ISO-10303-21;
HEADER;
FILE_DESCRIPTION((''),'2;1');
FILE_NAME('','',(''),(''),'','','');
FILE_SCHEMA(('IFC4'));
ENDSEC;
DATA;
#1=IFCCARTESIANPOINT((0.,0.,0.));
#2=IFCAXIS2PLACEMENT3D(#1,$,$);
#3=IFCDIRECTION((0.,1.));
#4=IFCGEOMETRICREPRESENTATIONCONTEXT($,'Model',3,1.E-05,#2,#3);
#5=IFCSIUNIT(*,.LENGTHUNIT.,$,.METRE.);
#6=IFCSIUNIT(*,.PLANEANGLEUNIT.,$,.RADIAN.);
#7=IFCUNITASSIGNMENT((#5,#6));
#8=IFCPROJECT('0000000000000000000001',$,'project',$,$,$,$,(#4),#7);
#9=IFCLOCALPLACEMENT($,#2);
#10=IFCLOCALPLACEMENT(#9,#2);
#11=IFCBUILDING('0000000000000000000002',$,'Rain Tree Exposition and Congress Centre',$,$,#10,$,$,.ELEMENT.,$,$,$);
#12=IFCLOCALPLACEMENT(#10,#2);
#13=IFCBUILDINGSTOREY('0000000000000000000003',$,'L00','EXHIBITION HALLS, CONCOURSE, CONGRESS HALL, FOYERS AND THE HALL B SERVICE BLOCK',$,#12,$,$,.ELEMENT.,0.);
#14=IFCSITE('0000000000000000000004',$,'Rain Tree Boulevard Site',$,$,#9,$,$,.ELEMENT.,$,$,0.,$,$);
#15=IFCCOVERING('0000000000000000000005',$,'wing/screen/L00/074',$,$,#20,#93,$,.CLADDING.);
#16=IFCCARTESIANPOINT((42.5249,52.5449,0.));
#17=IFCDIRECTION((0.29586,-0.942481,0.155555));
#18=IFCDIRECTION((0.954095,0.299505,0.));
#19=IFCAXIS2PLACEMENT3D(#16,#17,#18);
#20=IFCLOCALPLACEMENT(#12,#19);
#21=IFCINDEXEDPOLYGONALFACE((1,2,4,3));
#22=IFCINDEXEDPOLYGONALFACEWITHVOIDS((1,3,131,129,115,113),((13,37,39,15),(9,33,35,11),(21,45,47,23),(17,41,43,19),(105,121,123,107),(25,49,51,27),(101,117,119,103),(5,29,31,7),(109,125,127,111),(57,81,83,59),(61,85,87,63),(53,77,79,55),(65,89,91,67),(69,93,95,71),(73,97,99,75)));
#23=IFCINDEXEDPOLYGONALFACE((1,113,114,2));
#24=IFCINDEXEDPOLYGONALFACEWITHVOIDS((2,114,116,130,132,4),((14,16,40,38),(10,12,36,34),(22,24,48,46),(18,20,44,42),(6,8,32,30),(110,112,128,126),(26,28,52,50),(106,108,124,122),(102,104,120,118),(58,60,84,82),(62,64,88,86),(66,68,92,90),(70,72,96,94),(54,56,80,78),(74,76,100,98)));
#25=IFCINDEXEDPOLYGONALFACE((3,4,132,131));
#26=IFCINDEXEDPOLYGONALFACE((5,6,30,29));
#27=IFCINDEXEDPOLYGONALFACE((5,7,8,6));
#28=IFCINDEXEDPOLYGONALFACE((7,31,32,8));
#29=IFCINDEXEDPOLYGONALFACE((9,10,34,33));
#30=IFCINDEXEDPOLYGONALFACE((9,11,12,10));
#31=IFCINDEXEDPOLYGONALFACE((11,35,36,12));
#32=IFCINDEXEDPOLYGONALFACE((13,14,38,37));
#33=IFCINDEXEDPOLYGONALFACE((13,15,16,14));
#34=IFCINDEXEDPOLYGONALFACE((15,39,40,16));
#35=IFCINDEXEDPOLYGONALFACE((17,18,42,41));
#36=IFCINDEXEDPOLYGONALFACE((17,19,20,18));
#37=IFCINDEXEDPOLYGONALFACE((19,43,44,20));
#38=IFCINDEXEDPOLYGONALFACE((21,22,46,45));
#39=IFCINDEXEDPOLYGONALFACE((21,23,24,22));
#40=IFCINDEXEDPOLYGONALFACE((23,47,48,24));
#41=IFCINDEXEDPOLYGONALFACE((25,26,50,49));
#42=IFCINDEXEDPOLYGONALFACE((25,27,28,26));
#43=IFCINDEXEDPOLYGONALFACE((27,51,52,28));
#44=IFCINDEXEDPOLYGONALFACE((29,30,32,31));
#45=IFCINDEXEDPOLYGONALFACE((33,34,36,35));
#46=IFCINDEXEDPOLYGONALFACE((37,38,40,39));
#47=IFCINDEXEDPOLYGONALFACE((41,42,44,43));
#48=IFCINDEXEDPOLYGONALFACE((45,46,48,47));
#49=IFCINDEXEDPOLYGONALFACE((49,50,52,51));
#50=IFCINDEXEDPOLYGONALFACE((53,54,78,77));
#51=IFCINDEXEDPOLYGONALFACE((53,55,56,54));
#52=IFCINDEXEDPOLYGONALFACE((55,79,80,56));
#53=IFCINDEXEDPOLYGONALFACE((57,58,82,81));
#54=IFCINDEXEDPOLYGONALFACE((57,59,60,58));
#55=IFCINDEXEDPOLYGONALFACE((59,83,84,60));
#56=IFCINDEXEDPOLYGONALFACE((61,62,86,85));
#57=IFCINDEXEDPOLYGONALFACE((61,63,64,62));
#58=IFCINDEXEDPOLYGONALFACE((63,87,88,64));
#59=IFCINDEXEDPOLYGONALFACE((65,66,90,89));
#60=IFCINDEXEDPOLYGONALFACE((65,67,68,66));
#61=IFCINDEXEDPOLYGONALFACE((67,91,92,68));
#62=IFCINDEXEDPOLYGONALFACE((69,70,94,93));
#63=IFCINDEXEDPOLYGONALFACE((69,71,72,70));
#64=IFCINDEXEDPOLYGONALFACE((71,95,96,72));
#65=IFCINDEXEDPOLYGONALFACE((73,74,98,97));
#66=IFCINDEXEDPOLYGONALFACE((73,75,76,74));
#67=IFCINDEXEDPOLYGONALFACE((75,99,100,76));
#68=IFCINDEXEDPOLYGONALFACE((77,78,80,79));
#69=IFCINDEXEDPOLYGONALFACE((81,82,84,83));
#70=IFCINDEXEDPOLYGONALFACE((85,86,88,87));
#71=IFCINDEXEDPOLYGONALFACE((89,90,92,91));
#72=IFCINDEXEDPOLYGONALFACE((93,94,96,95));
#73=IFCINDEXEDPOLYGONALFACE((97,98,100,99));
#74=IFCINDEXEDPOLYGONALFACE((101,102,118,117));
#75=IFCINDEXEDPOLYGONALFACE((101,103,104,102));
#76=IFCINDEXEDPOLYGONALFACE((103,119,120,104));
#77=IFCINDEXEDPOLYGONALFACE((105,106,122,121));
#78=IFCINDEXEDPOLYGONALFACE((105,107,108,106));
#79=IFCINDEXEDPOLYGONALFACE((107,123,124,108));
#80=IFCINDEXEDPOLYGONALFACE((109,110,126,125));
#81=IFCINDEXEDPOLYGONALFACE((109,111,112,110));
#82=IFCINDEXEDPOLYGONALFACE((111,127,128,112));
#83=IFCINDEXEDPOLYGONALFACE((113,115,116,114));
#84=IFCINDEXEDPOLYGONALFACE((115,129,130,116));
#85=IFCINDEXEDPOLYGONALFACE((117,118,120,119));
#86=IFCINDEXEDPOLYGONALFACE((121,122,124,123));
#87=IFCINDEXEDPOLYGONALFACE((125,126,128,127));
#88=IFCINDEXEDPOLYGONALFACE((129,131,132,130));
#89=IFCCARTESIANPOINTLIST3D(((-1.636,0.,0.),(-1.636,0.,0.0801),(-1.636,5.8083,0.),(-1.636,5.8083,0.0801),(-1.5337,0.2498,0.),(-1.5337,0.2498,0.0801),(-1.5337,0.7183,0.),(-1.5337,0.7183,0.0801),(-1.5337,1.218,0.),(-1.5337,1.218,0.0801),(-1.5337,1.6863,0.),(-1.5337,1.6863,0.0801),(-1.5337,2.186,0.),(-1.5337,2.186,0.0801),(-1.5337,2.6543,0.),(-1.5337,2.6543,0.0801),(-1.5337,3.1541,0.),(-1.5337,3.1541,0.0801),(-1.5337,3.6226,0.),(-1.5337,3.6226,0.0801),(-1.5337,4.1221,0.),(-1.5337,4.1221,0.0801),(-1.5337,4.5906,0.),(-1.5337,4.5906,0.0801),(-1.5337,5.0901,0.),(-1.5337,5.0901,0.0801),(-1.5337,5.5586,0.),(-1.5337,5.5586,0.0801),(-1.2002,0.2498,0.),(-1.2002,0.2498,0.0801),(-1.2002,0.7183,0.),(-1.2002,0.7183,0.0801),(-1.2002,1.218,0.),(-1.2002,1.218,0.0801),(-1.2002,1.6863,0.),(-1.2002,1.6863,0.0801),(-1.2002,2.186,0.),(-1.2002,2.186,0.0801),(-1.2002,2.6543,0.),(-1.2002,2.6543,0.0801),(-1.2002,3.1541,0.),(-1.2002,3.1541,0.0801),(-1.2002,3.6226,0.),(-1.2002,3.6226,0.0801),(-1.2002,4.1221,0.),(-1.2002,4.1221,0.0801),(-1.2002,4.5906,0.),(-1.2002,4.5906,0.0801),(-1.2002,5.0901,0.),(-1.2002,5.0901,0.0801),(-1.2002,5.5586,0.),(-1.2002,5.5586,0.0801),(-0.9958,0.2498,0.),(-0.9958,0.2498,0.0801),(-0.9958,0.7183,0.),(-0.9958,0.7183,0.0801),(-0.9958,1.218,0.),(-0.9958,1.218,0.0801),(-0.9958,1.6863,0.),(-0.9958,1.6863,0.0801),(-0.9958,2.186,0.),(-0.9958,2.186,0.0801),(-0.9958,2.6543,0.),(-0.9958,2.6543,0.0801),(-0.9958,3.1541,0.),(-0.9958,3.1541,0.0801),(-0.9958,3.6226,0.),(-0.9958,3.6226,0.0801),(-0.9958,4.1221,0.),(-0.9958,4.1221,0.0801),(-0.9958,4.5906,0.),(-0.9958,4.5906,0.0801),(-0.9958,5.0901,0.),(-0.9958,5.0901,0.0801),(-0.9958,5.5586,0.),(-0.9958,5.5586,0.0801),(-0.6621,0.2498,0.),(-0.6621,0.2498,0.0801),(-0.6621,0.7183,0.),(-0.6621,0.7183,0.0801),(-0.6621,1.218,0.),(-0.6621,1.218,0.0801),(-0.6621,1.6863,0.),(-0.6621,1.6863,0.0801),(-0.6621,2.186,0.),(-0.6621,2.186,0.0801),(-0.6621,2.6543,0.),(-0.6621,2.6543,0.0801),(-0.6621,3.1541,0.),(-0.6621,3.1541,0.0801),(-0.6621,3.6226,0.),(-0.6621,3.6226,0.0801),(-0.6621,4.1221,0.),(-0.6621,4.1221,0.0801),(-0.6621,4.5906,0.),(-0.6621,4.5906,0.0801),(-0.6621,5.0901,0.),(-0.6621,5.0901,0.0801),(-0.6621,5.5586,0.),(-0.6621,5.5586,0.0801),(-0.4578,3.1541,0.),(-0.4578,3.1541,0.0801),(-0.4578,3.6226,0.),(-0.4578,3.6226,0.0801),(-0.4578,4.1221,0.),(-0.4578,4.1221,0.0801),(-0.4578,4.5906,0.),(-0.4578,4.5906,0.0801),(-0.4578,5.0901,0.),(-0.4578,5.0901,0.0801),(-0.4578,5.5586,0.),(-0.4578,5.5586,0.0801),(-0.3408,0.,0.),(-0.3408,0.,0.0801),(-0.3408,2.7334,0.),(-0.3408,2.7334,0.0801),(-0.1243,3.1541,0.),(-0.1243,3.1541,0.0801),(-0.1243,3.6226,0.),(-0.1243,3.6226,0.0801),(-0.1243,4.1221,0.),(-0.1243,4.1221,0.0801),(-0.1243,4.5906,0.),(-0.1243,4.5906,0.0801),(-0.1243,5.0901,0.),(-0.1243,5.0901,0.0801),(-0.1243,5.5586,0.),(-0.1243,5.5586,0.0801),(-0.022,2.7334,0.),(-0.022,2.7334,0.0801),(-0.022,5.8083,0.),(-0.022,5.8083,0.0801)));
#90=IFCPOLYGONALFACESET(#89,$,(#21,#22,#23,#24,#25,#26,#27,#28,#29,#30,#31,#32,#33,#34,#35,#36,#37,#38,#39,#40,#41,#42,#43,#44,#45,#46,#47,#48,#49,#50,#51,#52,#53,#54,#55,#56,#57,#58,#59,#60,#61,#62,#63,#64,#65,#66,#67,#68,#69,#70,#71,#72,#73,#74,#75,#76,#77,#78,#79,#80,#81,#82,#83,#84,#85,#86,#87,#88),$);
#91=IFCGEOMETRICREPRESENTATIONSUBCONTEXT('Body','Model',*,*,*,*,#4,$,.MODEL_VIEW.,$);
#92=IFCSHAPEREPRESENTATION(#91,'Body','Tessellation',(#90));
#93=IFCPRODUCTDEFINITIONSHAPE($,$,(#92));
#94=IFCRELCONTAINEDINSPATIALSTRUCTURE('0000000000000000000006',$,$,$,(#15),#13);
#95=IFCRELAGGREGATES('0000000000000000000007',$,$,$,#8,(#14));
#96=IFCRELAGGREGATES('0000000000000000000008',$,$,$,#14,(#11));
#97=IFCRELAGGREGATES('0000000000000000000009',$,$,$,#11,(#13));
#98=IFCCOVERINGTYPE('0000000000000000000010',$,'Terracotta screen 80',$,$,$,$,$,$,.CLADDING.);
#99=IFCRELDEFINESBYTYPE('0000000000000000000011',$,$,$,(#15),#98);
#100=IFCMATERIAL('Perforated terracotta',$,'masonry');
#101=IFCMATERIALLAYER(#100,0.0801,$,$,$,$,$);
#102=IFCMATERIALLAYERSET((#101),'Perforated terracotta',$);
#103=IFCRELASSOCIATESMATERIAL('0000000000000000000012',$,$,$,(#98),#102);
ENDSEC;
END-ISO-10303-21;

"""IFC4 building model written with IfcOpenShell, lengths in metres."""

from ifc_helpers import new_model, si_unit, direction, frame, origin, place, context, subcontext, project, spatial, polyline, outline, extrude, material, layer, layer_set, type_object, element, save


model = new_model("IFC4")

# Units and contexts
model_context = context("Model", 3, precision=1e-05, world=origin(), true_north=direction((0.0, 1.0)))
body_context = subcontext(model_context, "Body", "Model", "MODEL_VIEW")
ifc_project = project(units=[si_unit("LENGTHUNIT", "METRE"), si_unit("PLANEANGLEUNIT", "RADIAN")], contexts=[model_context])

# Site, building, storey
site_placement = place(None, origin())
site = spatial("IfcSite", under=ifc_project, at=site_placement, Name="Rain Tree Boulevard Site", CompositionType="ELEMENT", RefElevation=0.0)
building_placement = place(site_placement, origin())
building = spatial("IfcBuilding", under=site, at=building_placement, Name="Rain Tree Exposition and Congress Centre", CompositionType="ELEMENT")
storey_placement = place(building_placement, origin())
storey = spatial("IfcBuildingStorey", under=building, at=storey_placement, Name="L00", Description="EXHIBITION HALLS, CONCOURSE, CONGRESS HALL, FOYERS AND THE HALL B SERVICE BLOCK", CompositionType="ELEMENT", Elevation=0.0)

# Covering
ifc_material_1 = material(Name="Perforated terracotta", Category="masonry")
ifc_layer_1 = layer(ifc_material_1, 0.0801)
ifc_layer_set_1 = layer_set([ifc_layer_1], Name="Perforated terracotta")
covering_type = type_object("IfcCoveringType", Name="Terracotta screen 80", PredefinedType="CLADDING", material=ifc_layer_set_1)
covering_1_placement = place(storey_placement, frame((42.5249, 52.5449, 0.0), z_axis=(0.29586, -0.942481, 0.155555), x_axis=(0.954095, 0.299505, 0.0)))
element("IfcCovering", 1, at=covering_1_placement, inside=storey, type_object=covering_type, Name="wing/screen/L00/074", PredefinedType="CLADDING", context=body_context, shape_type="SweptSolid", body=[
    extrude(outline(polyline([(-0.022, 5.8083), (-0.022, 2.7334), (-0.3408, 2.7334), (-0.3408, 0.0), (-1.636, 0.0), (-1.636, 5.8083), (-0.022, 5.8083)]), holes=[polyline([(-0.1243, 3.1541), (-0.1243, 3.6226), (-0.4578, 3.6226), (-0.4578, 3.1541), (-0.1243, 3.1541)]), polyline([(-0.1243, 4.1221), (-0.1243, 4.5906), (-0.4578, 4.5906), (-0.4578, 4.1221), (-0.1243, 4.1221)]), polyline([(-0.1243, 5.0901), (-0.1243, 5.5586), (-0.4578, 5.5586), (-0.4578, 5.0901), (-0.1243, 5.0901)]), polyline([(-0.6621, 0.2498), (-0.6621, 0.7183), (-0.9958, 0.7183), (-0.9958, 0.2498), (-0.6621, 0.2498)]), polyline([(-0.6621, 1.218), (-0.6621, 1.6863), (-0.9958, 1.6863), (-0.9958, 1.218), (-0.6621, 1.218)]), polyline([(-0.6621, 2.186), (-0.6621, 2.6543), (-0.9958, 2.6543), (-0.9958, 2.186), (-0.6621, 2.186)]), polyline([(-0.6621, 3.1541), (-0.6621, 3.6226), (-0.9958, 3.6226), (-0.9958, 3.1541), (-0.6621, 3.1541)]), polyline([(-0.6621, 4.1221), (-0.6621, 4.5906), (-0.9958, 4.5906), (-0.9958, 4.1221), (-0.6621, 4.1221)]), polyline([(-0.6621, 5.0901), (-0.6621, 5.5586), (-0.9958, 5.5586), (-0.9958, 5.0901), (-0.6621, 5.0901)]), polyline([(-1.2002, 0.2498), (-1.2002, 0.7183), (-1.5337, 0.7183), (-1.5337, 0.2498), (-1.2002, 0.2498)]), polyline([(-1.2002, 1.218), (-1.2002, 1.6863), (-1.5337, 1.6863), (-1.5337, 1.218), (-1.2002, 1.218)]), polyline([(-1.2002, 2.186), (-1.2002, 2.6543), (-1.5337, 2.6543), (-1.5337, 2.186), (-1.2002, 2.186)]), polyline([(-1.2002, 3.1541), (-1.2002, 3.6226), (-1.5337, 3.6226), (-1.5337, 3.1541), (-1.2002, 3.1541)]), polyline([(-1.2002, 4.1221), (-1.2002, 4.5906), (-1.5337, 4.5906), (-1.5337, 4.1221), (-1.2002, 4.1221)]), polyline([(-1.2002, 5.0901), (-1.2002, 5.5586), (-1.5337, 5.5586), (-1.5337, 5.0901), (-1.2002, 5.0901)])]), origin(), (0.0, 0.0, 1.0), 0.0801),
])

save(model, "model.ifc")
